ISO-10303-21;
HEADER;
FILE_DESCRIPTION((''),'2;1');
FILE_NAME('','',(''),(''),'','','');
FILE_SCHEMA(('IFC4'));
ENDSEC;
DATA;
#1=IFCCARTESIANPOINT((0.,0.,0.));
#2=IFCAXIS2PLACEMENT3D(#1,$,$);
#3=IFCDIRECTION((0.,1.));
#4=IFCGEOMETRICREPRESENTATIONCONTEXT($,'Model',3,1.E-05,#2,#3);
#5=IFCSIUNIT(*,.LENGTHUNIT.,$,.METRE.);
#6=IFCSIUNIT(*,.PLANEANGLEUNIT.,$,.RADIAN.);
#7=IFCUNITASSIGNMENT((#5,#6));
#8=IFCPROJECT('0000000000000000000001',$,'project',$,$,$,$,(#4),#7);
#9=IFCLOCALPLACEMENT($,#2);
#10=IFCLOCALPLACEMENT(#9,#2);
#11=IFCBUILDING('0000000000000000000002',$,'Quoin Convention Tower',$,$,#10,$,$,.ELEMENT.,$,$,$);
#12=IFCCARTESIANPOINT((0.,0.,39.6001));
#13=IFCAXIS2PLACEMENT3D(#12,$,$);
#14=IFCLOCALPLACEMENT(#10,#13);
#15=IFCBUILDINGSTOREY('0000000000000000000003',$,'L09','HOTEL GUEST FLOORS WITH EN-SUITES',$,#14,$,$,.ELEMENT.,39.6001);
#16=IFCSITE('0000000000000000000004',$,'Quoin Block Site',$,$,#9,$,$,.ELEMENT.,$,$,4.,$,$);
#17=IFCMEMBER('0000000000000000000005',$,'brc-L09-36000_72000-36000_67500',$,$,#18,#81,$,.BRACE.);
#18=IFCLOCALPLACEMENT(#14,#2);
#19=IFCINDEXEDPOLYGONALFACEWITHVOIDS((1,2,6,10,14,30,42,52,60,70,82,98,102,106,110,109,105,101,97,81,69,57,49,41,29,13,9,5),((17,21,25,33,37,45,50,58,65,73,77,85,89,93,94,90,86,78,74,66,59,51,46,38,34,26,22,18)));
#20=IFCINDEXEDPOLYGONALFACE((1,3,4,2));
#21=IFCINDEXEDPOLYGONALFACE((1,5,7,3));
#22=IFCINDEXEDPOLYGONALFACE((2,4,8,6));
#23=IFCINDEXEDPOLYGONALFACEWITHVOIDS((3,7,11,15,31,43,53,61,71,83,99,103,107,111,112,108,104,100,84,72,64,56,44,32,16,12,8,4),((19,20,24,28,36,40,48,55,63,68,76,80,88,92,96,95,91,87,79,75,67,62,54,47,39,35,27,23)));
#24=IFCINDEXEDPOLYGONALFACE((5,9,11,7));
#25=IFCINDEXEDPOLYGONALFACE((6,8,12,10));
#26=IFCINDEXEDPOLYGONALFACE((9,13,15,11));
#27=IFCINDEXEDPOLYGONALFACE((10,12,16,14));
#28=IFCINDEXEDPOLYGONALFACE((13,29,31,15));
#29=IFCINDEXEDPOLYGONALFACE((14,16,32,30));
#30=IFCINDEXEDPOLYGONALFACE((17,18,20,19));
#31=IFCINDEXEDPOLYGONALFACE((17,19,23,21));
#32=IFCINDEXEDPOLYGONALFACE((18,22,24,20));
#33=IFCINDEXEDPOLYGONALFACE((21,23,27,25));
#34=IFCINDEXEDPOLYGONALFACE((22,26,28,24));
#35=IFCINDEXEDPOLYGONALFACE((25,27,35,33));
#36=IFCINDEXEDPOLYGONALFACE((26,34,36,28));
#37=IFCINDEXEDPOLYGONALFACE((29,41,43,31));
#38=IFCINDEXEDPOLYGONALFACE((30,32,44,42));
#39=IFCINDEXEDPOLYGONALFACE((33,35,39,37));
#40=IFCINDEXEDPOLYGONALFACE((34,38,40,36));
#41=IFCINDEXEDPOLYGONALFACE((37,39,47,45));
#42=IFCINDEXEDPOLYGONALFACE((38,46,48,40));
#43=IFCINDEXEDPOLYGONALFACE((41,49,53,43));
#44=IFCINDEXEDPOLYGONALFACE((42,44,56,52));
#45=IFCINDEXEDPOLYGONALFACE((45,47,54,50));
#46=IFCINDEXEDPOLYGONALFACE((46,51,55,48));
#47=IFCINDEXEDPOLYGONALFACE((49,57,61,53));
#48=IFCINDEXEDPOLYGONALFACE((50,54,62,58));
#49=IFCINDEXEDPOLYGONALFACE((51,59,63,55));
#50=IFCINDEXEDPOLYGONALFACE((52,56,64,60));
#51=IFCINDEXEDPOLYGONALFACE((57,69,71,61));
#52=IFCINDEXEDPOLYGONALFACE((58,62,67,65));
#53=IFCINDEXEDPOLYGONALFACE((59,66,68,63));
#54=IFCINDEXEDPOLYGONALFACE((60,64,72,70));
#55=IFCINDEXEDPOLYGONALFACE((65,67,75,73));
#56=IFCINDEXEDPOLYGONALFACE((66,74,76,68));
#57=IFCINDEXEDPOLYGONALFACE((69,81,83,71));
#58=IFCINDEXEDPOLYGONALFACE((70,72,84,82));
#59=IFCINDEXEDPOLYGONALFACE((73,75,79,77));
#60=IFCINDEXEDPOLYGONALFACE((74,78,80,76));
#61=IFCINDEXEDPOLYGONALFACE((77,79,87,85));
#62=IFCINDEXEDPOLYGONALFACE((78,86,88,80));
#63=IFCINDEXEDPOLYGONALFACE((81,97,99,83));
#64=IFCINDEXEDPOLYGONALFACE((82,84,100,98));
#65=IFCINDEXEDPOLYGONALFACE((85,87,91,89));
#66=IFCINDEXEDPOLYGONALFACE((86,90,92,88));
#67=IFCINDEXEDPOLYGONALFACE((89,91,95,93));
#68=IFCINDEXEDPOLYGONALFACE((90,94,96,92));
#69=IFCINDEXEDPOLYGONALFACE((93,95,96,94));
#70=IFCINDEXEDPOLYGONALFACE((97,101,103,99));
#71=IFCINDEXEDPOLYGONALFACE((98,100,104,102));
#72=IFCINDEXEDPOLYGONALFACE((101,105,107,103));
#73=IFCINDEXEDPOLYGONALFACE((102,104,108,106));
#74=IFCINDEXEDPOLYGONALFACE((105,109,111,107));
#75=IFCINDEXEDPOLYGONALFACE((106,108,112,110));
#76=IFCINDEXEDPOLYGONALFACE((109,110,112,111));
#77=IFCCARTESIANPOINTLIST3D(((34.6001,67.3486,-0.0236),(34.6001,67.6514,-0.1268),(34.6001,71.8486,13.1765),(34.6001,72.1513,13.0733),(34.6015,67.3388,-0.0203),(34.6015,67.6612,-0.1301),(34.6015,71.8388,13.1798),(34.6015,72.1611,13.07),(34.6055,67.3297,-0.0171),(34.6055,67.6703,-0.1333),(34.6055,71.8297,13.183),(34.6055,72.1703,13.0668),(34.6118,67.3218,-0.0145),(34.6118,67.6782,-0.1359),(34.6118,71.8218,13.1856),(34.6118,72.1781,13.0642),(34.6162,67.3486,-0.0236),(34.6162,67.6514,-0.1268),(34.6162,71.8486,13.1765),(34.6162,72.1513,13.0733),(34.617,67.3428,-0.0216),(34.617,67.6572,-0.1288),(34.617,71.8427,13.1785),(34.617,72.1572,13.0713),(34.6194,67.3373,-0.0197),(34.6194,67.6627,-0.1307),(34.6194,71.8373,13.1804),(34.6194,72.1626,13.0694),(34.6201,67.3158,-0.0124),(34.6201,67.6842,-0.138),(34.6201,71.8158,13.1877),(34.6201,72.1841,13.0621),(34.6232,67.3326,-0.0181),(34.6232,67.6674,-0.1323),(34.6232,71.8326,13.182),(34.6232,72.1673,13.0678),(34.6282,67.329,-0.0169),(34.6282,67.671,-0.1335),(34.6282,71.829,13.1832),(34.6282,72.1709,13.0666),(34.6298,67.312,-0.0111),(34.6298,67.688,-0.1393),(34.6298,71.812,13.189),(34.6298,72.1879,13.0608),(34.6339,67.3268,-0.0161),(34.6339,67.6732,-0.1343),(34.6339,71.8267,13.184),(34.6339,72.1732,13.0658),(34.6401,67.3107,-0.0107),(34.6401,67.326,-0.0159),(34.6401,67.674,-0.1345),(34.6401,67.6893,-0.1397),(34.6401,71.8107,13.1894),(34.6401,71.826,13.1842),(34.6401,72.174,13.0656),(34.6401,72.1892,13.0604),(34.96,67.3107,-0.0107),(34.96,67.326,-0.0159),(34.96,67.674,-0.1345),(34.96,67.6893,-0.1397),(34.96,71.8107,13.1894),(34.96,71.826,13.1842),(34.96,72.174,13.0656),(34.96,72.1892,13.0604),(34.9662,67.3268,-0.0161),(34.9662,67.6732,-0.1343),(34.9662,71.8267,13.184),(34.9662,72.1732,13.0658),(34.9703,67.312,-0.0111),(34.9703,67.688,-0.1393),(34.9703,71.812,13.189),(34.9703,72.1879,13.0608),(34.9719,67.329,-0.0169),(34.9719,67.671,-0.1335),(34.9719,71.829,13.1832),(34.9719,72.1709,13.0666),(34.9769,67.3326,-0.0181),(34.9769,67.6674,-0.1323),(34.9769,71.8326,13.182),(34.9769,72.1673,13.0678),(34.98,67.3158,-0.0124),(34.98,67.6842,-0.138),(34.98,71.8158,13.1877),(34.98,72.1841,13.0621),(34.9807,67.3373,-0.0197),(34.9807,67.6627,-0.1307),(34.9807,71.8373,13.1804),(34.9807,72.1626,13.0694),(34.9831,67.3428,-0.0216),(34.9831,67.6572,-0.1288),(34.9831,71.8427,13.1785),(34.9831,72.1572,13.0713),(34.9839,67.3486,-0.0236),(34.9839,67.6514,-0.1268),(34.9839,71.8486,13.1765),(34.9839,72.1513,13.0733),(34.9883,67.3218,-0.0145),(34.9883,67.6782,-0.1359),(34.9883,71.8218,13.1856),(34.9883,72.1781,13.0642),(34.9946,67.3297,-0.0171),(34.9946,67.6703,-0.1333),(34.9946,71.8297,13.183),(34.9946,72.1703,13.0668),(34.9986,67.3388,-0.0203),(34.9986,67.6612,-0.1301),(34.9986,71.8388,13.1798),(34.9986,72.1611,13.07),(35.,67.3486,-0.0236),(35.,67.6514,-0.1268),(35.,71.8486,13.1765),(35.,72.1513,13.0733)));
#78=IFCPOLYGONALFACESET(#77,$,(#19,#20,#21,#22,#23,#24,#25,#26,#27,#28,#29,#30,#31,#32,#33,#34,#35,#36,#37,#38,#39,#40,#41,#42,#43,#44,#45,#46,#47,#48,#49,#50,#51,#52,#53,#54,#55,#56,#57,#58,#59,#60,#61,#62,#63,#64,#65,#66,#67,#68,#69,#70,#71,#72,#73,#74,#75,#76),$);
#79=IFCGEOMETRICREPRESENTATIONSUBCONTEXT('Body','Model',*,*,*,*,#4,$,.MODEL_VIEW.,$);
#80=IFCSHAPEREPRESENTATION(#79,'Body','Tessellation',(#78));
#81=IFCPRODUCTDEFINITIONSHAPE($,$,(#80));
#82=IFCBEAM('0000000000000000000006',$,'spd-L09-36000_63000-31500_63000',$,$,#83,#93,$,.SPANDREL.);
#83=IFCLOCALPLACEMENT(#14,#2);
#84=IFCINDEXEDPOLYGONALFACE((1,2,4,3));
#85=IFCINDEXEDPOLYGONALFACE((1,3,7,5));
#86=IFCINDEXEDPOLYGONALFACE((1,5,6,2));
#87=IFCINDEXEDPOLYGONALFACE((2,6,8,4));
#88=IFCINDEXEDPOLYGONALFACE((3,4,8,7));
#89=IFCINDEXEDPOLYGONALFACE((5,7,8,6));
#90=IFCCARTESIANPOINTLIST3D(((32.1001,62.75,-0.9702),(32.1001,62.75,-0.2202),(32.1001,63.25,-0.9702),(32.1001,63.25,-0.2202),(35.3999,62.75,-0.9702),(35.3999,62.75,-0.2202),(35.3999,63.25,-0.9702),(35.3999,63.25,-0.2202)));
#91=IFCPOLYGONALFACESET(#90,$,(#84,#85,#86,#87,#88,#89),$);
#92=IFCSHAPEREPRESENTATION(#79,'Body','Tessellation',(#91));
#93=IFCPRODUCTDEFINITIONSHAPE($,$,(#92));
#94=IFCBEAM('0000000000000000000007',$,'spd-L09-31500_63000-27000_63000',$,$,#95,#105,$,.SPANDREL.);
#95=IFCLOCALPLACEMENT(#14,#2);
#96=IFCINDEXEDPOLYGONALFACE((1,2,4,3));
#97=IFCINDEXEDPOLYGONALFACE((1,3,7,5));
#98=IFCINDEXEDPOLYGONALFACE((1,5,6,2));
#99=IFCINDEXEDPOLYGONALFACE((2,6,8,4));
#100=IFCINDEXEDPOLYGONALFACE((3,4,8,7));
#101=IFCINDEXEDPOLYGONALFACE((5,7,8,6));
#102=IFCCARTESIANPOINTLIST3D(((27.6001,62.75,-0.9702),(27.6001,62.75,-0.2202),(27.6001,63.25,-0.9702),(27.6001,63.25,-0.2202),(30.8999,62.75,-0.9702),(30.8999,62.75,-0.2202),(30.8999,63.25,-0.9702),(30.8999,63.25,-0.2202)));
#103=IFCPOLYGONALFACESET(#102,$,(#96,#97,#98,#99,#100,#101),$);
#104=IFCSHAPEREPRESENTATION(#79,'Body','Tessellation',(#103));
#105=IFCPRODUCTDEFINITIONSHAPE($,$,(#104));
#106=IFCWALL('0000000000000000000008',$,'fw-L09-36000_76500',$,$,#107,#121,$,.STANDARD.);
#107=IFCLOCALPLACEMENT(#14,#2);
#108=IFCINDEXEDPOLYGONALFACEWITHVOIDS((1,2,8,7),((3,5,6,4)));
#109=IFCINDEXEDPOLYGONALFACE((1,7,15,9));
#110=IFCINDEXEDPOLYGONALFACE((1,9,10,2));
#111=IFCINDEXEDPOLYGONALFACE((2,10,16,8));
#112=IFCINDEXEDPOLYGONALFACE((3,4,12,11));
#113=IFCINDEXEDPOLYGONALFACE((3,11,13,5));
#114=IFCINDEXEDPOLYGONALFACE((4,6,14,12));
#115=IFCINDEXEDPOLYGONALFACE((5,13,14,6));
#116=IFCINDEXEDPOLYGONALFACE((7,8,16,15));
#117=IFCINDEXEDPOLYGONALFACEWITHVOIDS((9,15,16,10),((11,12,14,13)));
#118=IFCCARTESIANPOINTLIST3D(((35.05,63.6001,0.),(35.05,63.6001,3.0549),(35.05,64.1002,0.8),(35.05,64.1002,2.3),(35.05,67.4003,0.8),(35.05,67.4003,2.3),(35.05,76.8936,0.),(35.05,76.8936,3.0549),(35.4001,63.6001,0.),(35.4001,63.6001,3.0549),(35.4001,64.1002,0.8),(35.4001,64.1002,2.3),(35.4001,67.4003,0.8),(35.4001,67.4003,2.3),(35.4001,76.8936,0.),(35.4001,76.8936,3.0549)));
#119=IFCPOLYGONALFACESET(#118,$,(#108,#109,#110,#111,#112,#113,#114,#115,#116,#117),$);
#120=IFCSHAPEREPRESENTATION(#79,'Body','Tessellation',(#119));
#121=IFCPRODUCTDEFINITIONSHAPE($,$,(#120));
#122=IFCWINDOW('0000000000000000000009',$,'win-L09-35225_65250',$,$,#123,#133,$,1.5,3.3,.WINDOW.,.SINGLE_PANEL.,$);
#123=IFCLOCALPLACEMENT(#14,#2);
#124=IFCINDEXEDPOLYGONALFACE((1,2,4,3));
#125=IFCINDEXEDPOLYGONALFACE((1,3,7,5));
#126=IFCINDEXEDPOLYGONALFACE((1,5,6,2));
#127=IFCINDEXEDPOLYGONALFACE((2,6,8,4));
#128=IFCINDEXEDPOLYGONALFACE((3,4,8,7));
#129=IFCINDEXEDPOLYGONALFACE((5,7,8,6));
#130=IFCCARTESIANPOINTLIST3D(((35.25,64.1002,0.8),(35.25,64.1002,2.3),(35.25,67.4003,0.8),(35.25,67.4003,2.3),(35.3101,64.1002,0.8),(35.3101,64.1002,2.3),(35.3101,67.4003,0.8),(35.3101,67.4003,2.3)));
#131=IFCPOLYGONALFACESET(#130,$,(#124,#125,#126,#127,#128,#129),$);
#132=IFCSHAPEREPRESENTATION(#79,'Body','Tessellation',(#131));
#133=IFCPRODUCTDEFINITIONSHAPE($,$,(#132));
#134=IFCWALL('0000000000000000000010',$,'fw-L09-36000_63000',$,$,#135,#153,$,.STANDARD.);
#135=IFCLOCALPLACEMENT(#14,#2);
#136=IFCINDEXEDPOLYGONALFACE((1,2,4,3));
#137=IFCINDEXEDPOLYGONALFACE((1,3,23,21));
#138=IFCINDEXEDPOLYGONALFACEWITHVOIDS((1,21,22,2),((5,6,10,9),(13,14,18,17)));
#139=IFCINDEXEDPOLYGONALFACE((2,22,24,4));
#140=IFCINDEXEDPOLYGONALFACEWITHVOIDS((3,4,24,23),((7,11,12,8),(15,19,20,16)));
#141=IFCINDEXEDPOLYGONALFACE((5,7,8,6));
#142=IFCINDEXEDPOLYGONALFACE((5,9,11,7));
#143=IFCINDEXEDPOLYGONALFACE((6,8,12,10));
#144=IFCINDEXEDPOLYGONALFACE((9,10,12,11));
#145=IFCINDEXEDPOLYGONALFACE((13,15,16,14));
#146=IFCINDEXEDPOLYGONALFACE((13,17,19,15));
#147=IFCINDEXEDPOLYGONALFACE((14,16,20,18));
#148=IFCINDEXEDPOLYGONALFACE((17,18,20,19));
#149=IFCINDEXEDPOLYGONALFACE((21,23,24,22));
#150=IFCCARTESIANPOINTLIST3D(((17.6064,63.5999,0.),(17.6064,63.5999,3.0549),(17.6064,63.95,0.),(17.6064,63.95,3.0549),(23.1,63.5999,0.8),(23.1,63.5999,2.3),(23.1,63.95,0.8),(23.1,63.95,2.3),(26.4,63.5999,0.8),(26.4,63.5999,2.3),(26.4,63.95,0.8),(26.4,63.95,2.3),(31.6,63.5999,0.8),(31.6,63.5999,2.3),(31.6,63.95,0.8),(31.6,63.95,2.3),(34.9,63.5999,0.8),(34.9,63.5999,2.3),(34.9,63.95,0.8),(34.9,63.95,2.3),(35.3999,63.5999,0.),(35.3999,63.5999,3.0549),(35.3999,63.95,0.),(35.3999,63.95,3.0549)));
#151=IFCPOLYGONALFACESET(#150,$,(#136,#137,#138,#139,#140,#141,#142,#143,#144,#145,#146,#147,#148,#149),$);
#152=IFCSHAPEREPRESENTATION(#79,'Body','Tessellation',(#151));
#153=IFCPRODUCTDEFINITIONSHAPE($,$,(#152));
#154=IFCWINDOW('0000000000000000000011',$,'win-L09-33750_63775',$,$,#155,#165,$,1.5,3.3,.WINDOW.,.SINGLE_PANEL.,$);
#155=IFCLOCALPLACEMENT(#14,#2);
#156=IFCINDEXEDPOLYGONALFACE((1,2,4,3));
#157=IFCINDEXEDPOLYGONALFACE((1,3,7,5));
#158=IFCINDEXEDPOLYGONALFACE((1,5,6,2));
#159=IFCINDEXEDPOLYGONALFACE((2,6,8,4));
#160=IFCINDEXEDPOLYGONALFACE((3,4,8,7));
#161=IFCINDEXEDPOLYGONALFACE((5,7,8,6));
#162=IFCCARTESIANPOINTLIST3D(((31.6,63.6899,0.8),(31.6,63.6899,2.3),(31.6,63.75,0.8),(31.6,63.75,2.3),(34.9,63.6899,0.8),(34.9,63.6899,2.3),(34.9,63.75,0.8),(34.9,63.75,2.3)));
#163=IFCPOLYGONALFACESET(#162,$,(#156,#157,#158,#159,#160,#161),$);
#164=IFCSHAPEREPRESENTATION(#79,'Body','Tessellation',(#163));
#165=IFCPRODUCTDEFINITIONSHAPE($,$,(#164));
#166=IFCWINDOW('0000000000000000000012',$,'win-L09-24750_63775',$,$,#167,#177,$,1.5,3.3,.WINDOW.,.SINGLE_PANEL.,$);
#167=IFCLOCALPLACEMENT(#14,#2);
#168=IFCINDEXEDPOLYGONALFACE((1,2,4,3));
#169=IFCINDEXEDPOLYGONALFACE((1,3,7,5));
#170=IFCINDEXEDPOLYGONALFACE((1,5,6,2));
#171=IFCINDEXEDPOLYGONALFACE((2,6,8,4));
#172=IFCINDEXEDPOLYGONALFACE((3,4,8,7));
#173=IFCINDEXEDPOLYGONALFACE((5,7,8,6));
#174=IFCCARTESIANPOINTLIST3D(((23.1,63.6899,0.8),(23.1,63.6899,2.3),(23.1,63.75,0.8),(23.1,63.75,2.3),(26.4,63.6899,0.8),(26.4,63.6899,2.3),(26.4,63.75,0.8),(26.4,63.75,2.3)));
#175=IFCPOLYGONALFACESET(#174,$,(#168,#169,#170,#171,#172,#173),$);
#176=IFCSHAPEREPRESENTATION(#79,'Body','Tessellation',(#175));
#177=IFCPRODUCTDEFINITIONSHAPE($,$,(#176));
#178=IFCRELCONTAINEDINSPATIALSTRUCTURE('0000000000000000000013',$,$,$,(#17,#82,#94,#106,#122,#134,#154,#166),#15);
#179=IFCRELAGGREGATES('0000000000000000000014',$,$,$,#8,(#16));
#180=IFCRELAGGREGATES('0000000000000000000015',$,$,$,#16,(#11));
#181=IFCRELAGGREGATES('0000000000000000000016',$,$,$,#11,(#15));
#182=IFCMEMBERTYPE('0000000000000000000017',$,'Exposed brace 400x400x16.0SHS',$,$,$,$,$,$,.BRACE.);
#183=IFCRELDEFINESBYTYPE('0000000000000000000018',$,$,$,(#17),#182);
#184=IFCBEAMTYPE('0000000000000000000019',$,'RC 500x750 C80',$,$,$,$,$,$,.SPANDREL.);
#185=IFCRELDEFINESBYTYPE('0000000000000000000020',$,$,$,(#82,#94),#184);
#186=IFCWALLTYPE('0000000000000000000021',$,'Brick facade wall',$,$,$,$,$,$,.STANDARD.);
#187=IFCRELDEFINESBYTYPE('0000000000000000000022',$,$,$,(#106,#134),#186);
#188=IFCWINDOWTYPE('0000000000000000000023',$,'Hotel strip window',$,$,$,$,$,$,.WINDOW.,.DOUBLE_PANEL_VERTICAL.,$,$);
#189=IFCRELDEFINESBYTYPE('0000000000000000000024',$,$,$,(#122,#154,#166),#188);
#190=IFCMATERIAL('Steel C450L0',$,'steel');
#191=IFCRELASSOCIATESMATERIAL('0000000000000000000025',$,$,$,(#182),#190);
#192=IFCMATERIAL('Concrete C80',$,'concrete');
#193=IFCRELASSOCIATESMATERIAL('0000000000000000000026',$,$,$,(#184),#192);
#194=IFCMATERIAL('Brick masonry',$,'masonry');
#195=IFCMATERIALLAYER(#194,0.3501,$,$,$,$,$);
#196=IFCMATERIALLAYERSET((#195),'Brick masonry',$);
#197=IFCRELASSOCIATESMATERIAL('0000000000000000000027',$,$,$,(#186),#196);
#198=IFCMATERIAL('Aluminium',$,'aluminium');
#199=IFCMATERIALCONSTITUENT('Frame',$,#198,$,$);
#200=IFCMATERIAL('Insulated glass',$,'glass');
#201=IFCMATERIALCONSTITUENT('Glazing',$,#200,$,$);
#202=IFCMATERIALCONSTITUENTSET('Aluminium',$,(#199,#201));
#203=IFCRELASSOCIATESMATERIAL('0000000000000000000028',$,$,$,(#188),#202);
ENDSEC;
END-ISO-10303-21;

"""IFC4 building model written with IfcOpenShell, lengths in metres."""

from ifc_helpers import new_model, si_unit, direction, frame, frame_2d, origin, origin_2d, place, context, subcontext, project, spatial, rectangle, hollow_rectangle, extrude, material, layer, layer_set, constituent, constituent_set, material_profile, profile_set, type_object, element, fill, save


model = new_model("IFC4")

# Units and contexts
model_context = context("Model", 3, precision=1e-05, world=origin(), true_north=direction((0.0, 1.0)))
body_context = subcontext(model_context, "Body", "Model", "MODEL_VIEW")
ifc_project = project(units=[si_unit("LENGTHUNIT", "METRE"), si_unit("PLANEANGLEUNIT", "RADIAN")], contexts=[model_context])

# Site, building, storey
site_placement = place(None, origin())
site = spatial("IfcSite", under=ifc_project, at=site_placement, Name="Quoin Block Site", CompositionType="ELEMENT", RefElevation=4.0)
building_placement = place(site_placement, origin())
building = spatial("IfcBuilding", under=site, at=building_placement, Name="Quoin Convention Tower", CompositionType="ELEMENT")
storey_placement = place(building_placement, frame((0.0, 0.0, 39.6001)))
storey = spatial("IfcBuildingStorey", under=building, at=storey_placement, Name="L09", Description="HOTEL GUEST FLOORS WITH EN-SUITES", CompositionType="ELEMENT", Elevation=39.6001)

# Shared definitions
ifc_material_1 = material(Name="Concrete C80", Category="concrete")

# Member
ifc_material_2 = material(Name="Steel C450L0", Category="steel")
ifc_material_profile_1 = material_profile(ifc_material_2, hollow_rectangle(XDim=0.3999, YDim=0.3999, WallThickness=0.0161, InnerFilletRadius=0.0239, OuterFilletRadius=0.04, at=origin_2d()), Name="400x400x16.0SHS")
ifc_profile_set_1 = profile_set([ifc_material_profile_1], Name="Steel C450L0")
member_type = type_object("IfcMemberType", Name="Exposed brace 400x400x16.0SHS", PredefinedType="BRACE", material=ifc_profile_set_1)
for number, where, z_axis, x_axis, name in (
    (1, (34.8, 67.5, -0.0752), (0.0, 0.32267, 0.946512), (-1.0, 0.0, 0.0), "brc-L09-36000_72000-36000_67500"),
):
    element("IfcMember", number, at=place(storey_placement, frame(where, z_axis=z_axis, x_axis=x_axis)), inside=storey, type_object=member_type, Name=name, PredefinedType="BRACE", context=body_context, shape_type="SweptSolid", body=[
        extrude(hollow_rectangle(XDim=0.3999, YDim=0.3999, WallThickness=0.0161, InnerFilletRadius=0.0239, OuterFilletRadius=0.04, at=origin_2d()), origin(), (0.0, 0.0, 1.0), 13.946),
    ])

# Beams
ifc_material_profile_2 = material_profile(ifc_material_1, rectangle(XDim=0.5, YDim=0.75, at=origin_2d()), Name="RC 500x750")
ifc_profile_set_2 = profile_set([ifc_material_profile_2], Name="Concrete C80")
beam_type = type_object("IfcBeamType", Name="RC 500x750 C80", PredefinedType="SPANDREL", material=ifc_profile_set_2)
for number, where, z_axis, x_axis, name in (
    (2, (35.3999, 63.0, -0.5952), (-1.0, 0.0, 0.0), (0.0, -1.0, 0.0), "spd-L09-36000_63000-31500_63000"),
    (3, (30.8999, 63.0, -0.5952), (-1.0, 0.0, 0.0), (0.0, -1.0, 0.0), "spd-L09-31500_63000-27000_63000"),
):
    element("IfcBeam", number, at=place(storey_placement, frame(where, z_axis=z_axis, x_axis=x_axis)), inside=storey, type_object=beam_type, Name=name, PredefinedType="SPANDREL", context=body_context, shape_type="SweptSolid", body=[
        extrude(rectangle(XDim=0.5, YDim=0.75, at=origin_2d()), origin(), (0.0, 0.0, 1.0), 3.2998),
    ])

# Wall, opening, window
ifc_material_3 = material(Name="Brick masonry", Category="masonry")
ifc_layer_1 = layer(ifc_material_3, 0.3501)
ifc_layer_set_1 = layer_set([ifc_layer_1], Name="Brick masonry")
wall_type_1 = type_object("IfcWallType", Name="Brick facade wall", PredefinedType="STANDARD", material=ifc_layer_set_1)
wall_1_placement = place(storey_placement, frame((35.2251, 76.8936, 0.0), z_axis=(0.0, 0.0, 1.0), x_axis=(0.0, -1.0, 0.0)))
wall_1 = element("IfcWall", 4, at=wall_1_placement, inside=storey, type_object=wall_type_1, Name="fw-L09-36000_76500", PredefinedType="STANDARD", context=body_context, shape_type="SweptSolid", body=[
    extrude(rectangle(XDim=13.2935, YDim=0.3501, at=frame_2d((6.6467, 0.0))), origin(), (0.0, 0.0, 1.0), 3.0549),
])
opening_1_placement = place(wall_1_placement, frame((9.4934, 0.0, 0.8)))
opening_1 = element("IfcOpeningElement", 5, at=opening_1_placement, cuts=wall_1, PredefinedType="OPENING", context=body_context, shape_type="SweptSolid", body=[
    extrude(rectangle(XDim=3.3, YDim=1.5, at=frame_2d((1.6499, 0.75))), frame((0.0, 0.1851, 0.0), z_axis=(0.0, -1.0, 0.0), x_axis=(1.0, 0.0, 0.0)), (0.0, 0.0, 1.0), 0.3701),
])
ifc_material_4 = material(Name="Aluminium", Category="aluminium")
ifc_constituent_1 = constituent(ifc_material_4, Name="Frame")
ifc_material_5 = material(Name="Insulated glass", Category="glass")
ifc_constituent_2 = constituent(ifc_material_5, Name="Glazing")
ifc_constituent_set = constituent_set(constituents=[ifc_constituent_1, ifc_constituent_2], Name="Aluminium")
window_type = type_object("IfcWindowType", Name="Hotel strip window", PartitioningType="DOUBLE_PANEL_VERTICAL", PredefinedType="WINDOW", material=ifc_constituent_set)
window_1_placement = place(opening_1_placement, origin())
window_1 = element("IfcWindow", 6, at=window_1_placement, inside=storey, type_object=window_type, Name="win-L09-35225_65250", OverallHeight=1.5, OverallWidth=3.3, PartitioningType="SINGLE_PANEL", PredefinedType="WINDOW", context=body_context, shape_type="SweptSolid", body=[
    extrude(rectangle(XDim=3.3, YDim=1.5, at=frame_2d((1.6499, 0.75))), frame((0.0, 0.085, 0.0), z_axis=(0.0, -1.0, 0.0), x_axis=(1.0, 0.0, 0.0)), (0.0, 0.0, 1.0), 0.0601),
])
fill(opening_1, window_1)

# Wall, openings, windows
wall_2_placement = place(storey_placement, frame((35.3999, 63.7749, 0.0), z_axis=(0.0, 0.0, 1.0), x_axis=(-1.0, 0.0, 0.0)))
wall_2 = element("IfcWall", 7, at=wall_2_placement, inside=storey, type_object=wall_type_1, Name="fw-L09-36000_63000", PredefinedType="STANDARD", context=body_context, shape_type="SweptSolid", body=[
    extrude(rectangle(XDim=17.7935, YDim=0.3501, at=frame_2d((8.8967, 0.0))), origin(), (0.0, 0.0, 1.0), 3.0549),
])
opening_2_placement = place(wall_2_placement, frame((0.5, 0.0, 0.8)))
opening_2 = element("IfcOpeningElement", 8, at=opening_2_placement, cuts=wall_2, PredefinedType="OPENING", context=body_context, shape_type="SweptSolid", body=[
    extrude(rectangle(XDim=3.3, YDim=1.5, at=frame_2d((1.6499, 0.75))), frame((0.0, 0.1851, 0.0), z_axis=(0.0, -1.0, 0.0), x_axis=(1.0, 0.0, 0.0)), (0.0, 0.0, 1.0), 0.3701),
])
opening_3_placement = place(wall_2_placement, frame((9.0, 0.0, 0.8)))
opening_3 = element("IfcOpeningElement", 9, at=opening_3_placement, cuts=wall_2, PredefinedType="OPENING", context=body_context, shape_type="SweptSolid", body=[
    extrude(rectangle(XDim=3.3, YDim=1.5, at=frame_2d((1.6499, 0.75))), frame((0.0, 0.1851, 0.0), z_axis=(0.0, -1.0, 0.0), x_axis=(1.0, 0.0, 0.0)), (0.0, 0.0, 1.0), 0.3701),
])
window_2_placement = place(opening_2_placement, origin())
window_2 = element("IfcWindow", 10, at=window_2_placement, inside=storey, type_object=window_type, Name="win-L09-33750_63775", OverallHeight=1.5, OverallWidth=3.3, PartitioningType="SINGLE_PANEL", PredefinedType="WINDOW", context=body_context, shape_type="SweptSolid", body=[
    extrude(rectangle(XDim=3.3, YDim=1.5, at=frame_2d((1.6499, 0.75))), frame((0.0, 0.085, 0.0), z_axis=(0.0, -1.0, 0.0), x_axis=(1.0, 0.0, 0.0)), (0.0, 0.0, 1.0), 0.0601),
])
fill(opening_2, window_2)
window_3_placement = place(opening_3_placement, origin())
window_3 = element("IfcWindow", 11, at=window_3_placement, inside=storey, type_object=window_type, Name="win-L09-24750_63775", OverallHeight=1.5, OverallWidth=3.3, PartitioningType="SINGLE_PANEL", PredefinedType="WINDOW", context=body_context, shape_type="SweptSolid", body=[
    extrude(rectangle(XDim=3.3, YDim=1.5, at=frame_2d((1.6499, 0.75))), frame((0.0, 0.085, 0.0), z_axis=(0.0, -1.0, 0.0), x_axis=(1.0, 0.0, 0.0)), (0.0, 0.0, 1.0), 0.0601),
])
fill(opening_3, window_3)

save(model, "model.ifc")
